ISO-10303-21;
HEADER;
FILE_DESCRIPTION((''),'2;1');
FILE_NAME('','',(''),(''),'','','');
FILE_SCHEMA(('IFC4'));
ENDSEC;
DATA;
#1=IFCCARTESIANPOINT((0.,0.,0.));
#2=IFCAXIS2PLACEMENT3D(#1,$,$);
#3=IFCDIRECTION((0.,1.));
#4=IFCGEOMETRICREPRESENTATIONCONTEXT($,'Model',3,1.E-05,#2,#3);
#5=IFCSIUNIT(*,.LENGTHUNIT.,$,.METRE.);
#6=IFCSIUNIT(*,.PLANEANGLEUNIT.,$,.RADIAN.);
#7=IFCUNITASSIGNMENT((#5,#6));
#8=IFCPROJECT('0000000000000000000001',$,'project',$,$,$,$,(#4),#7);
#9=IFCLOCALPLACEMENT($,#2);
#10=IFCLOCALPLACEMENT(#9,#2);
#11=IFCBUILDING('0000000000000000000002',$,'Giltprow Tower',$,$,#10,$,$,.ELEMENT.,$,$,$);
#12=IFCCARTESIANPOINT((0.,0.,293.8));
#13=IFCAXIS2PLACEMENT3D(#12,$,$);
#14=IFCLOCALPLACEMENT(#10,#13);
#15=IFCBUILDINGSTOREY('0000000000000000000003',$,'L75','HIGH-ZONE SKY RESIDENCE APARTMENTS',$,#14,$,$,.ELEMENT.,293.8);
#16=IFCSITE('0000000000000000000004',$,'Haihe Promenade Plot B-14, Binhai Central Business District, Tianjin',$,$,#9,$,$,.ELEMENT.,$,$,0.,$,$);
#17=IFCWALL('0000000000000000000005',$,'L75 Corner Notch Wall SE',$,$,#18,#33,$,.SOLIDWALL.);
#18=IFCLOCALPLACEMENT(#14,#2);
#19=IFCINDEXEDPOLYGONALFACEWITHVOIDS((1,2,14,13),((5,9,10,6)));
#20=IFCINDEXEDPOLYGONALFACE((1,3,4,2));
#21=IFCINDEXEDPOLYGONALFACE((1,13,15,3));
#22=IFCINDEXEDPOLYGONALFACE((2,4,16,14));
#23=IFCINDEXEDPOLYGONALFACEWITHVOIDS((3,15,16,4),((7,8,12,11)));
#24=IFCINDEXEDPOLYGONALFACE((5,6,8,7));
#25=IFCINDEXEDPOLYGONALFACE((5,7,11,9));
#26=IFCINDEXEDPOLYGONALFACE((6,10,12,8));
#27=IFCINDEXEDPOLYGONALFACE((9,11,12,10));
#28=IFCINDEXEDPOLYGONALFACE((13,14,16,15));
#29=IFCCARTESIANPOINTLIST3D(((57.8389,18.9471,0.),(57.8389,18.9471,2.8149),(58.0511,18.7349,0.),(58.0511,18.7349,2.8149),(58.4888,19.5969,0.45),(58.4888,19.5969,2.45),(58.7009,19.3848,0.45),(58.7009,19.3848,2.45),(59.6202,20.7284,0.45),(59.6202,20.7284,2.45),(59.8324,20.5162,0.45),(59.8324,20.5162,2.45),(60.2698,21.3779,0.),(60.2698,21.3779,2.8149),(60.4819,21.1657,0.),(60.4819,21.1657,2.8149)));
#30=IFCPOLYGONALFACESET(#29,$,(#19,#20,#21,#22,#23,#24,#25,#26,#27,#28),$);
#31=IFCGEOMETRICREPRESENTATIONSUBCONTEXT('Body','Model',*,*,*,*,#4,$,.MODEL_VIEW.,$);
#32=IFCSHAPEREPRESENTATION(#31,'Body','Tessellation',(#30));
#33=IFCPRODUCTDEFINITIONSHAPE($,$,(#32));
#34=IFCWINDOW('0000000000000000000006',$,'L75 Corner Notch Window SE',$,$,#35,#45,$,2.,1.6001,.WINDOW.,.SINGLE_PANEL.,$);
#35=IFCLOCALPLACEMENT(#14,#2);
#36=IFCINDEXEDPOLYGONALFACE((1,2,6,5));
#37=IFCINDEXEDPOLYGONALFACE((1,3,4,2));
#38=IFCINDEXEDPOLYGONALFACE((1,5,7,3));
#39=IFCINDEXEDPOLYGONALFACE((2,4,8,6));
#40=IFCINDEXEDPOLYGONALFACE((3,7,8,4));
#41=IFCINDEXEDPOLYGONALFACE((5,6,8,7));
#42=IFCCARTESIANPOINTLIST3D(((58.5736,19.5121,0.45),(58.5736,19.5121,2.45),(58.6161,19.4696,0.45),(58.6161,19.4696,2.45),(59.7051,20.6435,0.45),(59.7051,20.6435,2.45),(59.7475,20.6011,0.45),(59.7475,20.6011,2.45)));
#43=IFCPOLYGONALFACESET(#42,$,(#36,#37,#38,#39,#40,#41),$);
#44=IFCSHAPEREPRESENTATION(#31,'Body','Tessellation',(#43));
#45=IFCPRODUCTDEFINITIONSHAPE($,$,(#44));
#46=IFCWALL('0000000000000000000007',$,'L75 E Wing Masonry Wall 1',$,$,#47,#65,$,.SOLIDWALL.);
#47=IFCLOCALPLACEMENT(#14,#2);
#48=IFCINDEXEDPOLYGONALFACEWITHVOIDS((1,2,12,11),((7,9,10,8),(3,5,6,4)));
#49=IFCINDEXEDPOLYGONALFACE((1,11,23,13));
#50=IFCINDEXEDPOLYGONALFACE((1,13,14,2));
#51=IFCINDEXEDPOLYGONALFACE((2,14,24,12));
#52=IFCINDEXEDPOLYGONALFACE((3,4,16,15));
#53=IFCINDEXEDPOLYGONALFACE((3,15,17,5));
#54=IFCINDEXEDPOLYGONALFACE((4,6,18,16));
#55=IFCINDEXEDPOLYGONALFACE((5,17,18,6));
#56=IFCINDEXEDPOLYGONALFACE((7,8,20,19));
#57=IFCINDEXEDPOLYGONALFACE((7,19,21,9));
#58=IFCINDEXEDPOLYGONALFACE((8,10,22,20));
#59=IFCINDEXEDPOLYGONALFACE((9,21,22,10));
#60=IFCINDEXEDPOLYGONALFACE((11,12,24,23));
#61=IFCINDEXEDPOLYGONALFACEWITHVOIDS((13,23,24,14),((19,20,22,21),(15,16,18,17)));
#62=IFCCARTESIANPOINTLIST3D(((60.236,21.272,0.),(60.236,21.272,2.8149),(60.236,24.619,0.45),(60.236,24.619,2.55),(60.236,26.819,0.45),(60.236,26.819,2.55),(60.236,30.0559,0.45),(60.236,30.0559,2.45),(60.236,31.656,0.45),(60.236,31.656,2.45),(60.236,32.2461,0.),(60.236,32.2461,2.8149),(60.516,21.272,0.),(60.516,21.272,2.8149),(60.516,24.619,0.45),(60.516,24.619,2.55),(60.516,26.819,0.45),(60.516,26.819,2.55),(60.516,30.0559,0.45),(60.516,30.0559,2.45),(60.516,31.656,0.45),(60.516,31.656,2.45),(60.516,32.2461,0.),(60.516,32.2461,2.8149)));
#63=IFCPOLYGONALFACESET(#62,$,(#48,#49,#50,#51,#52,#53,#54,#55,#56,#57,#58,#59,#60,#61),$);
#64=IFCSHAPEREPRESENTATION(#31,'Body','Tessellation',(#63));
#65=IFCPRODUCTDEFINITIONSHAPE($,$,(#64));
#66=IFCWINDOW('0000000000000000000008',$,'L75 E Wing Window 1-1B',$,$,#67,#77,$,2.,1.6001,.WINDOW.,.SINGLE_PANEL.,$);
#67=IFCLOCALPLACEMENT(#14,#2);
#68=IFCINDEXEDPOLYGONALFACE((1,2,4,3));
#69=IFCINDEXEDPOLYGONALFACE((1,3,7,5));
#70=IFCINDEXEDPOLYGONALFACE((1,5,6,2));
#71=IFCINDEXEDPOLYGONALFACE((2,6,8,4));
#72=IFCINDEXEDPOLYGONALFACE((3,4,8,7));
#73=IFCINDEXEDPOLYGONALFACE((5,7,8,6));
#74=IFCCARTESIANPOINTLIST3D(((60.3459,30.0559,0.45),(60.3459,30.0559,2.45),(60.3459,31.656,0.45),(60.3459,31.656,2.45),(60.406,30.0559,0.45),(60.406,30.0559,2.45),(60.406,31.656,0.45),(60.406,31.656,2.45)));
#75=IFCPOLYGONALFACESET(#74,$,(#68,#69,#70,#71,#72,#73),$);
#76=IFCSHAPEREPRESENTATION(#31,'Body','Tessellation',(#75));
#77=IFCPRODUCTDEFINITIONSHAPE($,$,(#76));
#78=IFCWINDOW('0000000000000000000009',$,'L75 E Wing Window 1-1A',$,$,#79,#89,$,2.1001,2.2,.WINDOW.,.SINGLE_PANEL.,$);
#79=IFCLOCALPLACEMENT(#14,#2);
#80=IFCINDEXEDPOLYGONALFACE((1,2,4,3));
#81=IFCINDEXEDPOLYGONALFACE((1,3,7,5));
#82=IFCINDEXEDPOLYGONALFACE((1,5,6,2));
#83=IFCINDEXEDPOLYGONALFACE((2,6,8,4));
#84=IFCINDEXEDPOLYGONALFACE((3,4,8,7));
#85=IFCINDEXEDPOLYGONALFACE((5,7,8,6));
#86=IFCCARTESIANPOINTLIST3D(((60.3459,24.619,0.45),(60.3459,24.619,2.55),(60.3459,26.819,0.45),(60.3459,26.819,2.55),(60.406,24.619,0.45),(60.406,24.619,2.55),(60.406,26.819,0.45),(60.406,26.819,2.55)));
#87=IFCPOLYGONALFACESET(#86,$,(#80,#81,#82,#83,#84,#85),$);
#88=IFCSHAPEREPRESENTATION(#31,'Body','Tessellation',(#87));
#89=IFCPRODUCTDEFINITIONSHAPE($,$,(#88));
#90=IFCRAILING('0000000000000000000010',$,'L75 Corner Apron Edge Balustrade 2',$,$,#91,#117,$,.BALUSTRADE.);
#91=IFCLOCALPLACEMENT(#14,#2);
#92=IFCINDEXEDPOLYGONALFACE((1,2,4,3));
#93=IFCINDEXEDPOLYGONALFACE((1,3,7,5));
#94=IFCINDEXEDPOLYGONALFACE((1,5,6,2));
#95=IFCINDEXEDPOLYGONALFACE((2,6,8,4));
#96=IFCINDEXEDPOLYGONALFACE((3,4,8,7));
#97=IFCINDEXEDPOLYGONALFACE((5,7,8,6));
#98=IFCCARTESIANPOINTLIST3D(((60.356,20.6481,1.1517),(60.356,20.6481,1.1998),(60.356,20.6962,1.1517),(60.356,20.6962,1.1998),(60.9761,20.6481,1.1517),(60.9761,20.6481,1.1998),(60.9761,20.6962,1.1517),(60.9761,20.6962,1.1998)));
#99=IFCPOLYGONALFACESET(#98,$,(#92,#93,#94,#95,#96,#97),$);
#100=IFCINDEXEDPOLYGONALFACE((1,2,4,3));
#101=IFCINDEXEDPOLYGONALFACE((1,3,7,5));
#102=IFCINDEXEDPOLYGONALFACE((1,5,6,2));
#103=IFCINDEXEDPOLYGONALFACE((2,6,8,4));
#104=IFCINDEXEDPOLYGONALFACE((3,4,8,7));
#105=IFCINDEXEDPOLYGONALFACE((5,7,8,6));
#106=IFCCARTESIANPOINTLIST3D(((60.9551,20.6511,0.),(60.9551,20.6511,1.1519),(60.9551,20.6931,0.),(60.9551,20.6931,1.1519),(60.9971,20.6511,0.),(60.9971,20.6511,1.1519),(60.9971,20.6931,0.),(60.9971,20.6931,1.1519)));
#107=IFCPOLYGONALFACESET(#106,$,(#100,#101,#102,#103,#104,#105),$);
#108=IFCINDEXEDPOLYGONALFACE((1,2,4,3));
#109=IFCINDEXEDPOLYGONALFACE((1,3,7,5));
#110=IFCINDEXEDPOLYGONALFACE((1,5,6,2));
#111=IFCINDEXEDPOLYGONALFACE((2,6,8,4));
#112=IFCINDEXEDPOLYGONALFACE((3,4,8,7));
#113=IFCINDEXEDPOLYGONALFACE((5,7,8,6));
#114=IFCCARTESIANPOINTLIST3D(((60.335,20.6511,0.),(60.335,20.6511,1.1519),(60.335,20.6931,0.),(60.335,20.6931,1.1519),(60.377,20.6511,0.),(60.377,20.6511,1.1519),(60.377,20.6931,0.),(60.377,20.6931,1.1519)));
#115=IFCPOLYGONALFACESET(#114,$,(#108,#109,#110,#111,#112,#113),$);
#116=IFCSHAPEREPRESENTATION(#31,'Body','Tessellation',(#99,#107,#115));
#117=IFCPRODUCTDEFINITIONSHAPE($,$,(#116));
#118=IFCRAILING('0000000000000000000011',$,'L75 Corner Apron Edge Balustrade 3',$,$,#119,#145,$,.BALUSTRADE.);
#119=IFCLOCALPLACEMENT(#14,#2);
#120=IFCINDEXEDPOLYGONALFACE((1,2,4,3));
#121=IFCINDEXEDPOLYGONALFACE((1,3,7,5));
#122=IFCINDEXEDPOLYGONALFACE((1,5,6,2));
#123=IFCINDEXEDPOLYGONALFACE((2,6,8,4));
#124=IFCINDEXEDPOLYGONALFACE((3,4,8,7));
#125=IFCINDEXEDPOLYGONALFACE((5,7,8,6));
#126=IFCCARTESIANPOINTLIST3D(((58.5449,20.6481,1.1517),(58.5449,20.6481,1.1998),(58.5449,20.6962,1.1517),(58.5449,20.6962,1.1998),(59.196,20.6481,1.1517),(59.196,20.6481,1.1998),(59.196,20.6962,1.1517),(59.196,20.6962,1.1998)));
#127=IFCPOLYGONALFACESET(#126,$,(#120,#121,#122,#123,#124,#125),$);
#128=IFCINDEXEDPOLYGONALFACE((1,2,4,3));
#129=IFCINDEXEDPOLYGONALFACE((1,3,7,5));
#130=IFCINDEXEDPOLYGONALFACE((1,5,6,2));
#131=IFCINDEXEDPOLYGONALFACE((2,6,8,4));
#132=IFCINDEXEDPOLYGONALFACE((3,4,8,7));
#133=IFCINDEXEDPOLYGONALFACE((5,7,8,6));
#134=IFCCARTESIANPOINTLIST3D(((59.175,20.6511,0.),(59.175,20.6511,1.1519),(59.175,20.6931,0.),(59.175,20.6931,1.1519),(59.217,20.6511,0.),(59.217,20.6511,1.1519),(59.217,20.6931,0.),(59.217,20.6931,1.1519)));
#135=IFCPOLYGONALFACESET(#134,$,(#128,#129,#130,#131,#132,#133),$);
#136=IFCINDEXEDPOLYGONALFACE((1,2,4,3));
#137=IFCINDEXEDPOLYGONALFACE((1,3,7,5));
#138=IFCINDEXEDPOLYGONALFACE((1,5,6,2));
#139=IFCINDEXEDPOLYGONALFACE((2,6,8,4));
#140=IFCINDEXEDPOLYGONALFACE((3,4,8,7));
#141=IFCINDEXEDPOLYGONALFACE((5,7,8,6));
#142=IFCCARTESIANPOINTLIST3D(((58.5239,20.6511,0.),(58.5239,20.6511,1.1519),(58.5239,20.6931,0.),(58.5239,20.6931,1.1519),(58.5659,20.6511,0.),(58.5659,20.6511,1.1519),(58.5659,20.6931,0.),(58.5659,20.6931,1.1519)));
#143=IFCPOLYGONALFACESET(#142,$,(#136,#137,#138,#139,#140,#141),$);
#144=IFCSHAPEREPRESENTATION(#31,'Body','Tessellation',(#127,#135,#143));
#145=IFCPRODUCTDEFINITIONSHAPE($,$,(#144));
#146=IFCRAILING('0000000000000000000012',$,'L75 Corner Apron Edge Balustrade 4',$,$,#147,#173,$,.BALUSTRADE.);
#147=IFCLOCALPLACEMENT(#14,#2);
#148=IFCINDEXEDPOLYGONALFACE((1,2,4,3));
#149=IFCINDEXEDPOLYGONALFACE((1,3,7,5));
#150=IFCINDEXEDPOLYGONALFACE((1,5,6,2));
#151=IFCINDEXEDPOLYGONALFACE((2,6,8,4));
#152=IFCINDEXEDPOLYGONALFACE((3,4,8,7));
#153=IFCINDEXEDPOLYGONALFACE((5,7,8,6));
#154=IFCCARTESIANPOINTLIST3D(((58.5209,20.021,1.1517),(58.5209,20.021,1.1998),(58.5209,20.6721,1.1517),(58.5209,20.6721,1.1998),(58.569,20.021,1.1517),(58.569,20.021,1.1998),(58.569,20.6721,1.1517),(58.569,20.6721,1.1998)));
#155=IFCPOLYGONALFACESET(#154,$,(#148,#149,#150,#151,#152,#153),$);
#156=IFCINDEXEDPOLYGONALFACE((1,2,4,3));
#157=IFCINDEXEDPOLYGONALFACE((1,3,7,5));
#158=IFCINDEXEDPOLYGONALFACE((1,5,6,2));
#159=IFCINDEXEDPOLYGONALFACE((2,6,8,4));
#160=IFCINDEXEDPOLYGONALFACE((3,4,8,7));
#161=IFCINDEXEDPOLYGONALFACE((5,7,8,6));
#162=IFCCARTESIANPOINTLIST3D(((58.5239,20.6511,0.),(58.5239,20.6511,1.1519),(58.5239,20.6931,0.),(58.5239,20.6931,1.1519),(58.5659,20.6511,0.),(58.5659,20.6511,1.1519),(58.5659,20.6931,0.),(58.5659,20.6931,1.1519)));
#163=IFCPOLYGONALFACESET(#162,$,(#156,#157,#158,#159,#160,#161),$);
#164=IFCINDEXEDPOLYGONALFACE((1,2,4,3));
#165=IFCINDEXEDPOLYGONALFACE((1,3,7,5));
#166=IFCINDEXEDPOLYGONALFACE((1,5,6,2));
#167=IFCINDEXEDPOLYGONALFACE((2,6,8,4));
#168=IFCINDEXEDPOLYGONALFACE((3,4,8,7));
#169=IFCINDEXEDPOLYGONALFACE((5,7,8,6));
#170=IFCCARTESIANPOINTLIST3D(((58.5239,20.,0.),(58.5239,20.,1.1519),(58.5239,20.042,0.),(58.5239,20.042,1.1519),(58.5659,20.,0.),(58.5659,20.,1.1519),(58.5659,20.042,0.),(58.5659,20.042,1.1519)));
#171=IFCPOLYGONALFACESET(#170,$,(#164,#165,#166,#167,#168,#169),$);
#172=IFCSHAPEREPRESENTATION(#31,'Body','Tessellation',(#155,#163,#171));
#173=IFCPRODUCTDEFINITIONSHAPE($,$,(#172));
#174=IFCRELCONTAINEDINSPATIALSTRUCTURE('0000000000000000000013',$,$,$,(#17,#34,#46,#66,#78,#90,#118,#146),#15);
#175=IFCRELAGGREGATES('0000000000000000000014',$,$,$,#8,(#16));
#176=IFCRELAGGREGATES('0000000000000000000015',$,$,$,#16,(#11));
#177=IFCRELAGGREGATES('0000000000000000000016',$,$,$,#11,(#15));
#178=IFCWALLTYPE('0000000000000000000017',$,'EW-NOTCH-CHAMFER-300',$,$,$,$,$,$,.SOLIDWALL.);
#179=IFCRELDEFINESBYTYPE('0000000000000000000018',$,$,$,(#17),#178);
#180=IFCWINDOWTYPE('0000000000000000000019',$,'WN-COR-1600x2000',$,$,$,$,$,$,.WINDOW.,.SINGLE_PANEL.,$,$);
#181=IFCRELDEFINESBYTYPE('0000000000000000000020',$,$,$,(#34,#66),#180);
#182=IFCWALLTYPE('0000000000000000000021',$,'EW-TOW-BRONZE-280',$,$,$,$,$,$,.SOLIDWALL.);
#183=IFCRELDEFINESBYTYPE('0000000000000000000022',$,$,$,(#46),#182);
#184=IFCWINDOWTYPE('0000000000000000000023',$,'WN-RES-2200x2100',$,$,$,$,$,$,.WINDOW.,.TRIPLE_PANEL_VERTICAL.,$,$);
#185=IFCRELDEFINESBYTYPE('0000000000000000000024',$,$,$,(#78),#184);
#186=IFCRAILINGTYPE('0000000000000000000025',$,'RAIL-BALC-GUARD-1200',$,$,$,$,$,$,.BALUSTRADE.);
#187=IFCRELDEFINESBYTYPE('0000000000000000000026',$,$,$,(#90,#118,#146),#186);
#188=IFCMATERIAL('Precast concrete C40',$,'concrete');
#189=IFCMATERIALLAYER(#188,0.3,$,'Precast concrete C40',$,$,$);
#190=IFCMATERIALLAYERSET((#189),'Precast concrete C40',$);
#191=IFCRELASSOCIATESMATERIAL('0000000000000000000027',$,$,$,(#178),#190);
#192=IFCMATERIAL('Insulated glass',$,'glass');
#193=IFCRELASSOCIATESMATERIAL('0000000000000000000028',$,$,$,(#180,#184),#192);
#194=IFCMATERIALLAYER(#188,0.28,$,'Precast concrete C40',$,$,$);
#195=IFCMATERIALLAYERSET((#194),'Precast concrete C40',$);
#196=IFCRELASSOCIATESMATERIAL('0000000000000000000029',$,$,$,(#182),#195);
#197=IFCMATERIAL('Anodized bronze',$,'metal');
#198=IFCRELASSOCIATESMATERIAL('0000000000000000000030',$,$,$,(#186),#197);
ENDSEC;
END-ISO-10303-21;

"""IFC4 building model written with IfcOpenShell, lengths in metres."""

from ifc_helpers import new_model, si_unit, direction, frame, frame_2d, origin, origin_2d, place, context, subcontext, project, spatial, rectangle, extrude, source, transform, mapped, material, layer, layer_set, type_object, element, fill, save


model = new_model("IFC4")

# Units and contexts
model_context = context("Model", 3, precision=1e-05, world=origin(), true_north=direction((0.0, 1.0)))
body_context = subcontext(model_context, "Body", "Model", "MODEL_VIEW")
ifc_project = project(units=[si_unit("LENGTHUNIT", "METRE"), si_unit("PLANEANGLEUNIT", "RADIAN")], contexts=[model_context])

# Site, building, storey
site_placement = place(None, origin())
site = spatial("IfcSite", under=ifc_project, at=site_placement, Name="Haihe Promenade Plot B-14, Binhai Central Business District, Tianjin", CompositionType="ELEMENT", RefElevation=0.0)
building_placement = place(site_placement, origin())
building = spatial("IfcBuilding", under=site, at=building_placement, Name="Giltprow Tower", CompositionType="ELEMENT")
storey_placement = place(building_placement, frame((0.0, 0.0, 293.8)))
storey = spatial("IfcBuildingStorey", under=building, at=storey_placement, Name="L75", Description="HIGH-ZONE SKY RESIDENCE APARTMENTS", CompositionType="ELEMENT", Elevation=293.8)

# Shared definitions
ifc_material_1 = material(Name="Anodized bronze", Category="metal")
ifc_material_2 = material(Name="Insulated glass", Category="glass")

# Wall, opening, window
ifc_material_3 = material(Name="Precast concrete C40", Category="concrete")
ifc_layer_1 = layer(ifc_material_3, 0.3, Name="Precast concrete C40")
ifc_layer_set_1 = layer_set([ifc_layer_1], Name="Precast concrete C40")
wall_type_1 = type_object("IfcWallType", Name="EW-NOTCH-CHAMFER-300", PredefinedType="SOLIDWALL", material=ifc_layer_set_1)
wall_1_placement = place(storey_placement, frame((57.9451, 18.8411, 0.0), z_axis=(0.0, 0.0, 1.0), x_axis=(0.707107, 0.707107, 0.0)))
wall_1 = element("IfcWall", 1, at=wall_1_placement, inside=storey, type_object=wall_type_1, Name="L75 Corner Notch Wall SE", PredefinedType="SOLIDWALL", context=body_context, shape_type="SweptSolid", body=[
    extrude(rectangle(XDim=3.4377, YDim=0.3, at=frame_2d((1.7188, 0.0))), origin(), (0.0, 0.0, 1.0), 2.8149),
])
opening_1_placement = place(wall_1_placement, frame((0.9189, 0.0, 0.45)))
opening_1 = element("IfcOpeningElement", 2, at=opening_1_placement, cuts=wall_1, PredefinedType="OPENING", context=body_context, shape_type="SweptSolid", body=[
    extrude(rectangle(XDim=1.6001, YDim=2.0, at=frame_2d((0.8, 1.0))), frame((0.0, 0.1599, 0.0), z_axis=(0.0, -1.0, 0.0), x_axis=(1.0, 0.0, 0.0)), (0.0, 0.0, 1.0), 0.3201),
])
window_type_1 = type_object("IfcWindowType", Name="WN-COR-1600x2000", PartitioningType="SINGLE_PANEL", PredefinedType="WINDOW", material=ifc_material_2)
shared_shape_1 = source(origin(), body_context, "Body", "SweptSolid", [
    extrude(rectangle(XDim=1.6001, YDim=2.0, at=frame_2d((0.8, 1.0))), frame((0.0, 0.03, 0.0), z_axis=(0.0, -1.0, 0.0), x_axis=(1.0, 0.0, 0.0)), (0.0, 0.0, 1.0), 0.0601),
])
window_1_placement = place(opening_1_placement, origin())
window_1 = element("IfcWindow", 3, at=window_1_placement, inside=storey, type_object=window_type_1, Name="L75 Corner Notch Window SE", OverallHeight=2.0, OverallWidth=1.6001, PartitioningType="SINGLE_PANEL", PredefinedType="WINDOW", context=body_context, shape_type="MappedRepresentation", body=[
    mapped(shared_shape_1, transform((0.0, 0.0, 0.0), x_axis=(1.0, 0.0, 0.0), y_axis=(0.0, 1.0, 0.0), z_axis=(0.0, 0.0, 1.0), scale=1.0)),
])
fill(opening_1, window_1)

# Wall, openings, windows
ifc_layer_2 = layer(ifc_material_3, 0.28, Name="Precast concrete C40")
ifc_layer_set_2 = layer_set([ifc_layer_2], Name="Precast concrete C40")
wall_type_2 = type_object("IfcWallType", Name="EW-TOW-BRONZE-280", PredefinedType="SOLIDWALL", material=ifc_layer_set_2)
wall_2_placement = place(storey_placement, frame((60.376, 21.272, 0.0), z_axis=(0.0, 0.0, 1.0), x_axis=(0.0, 1.0, 0.0)))
wall_2 = element("IfcWall", 4, at=wall_2_placement, inside=storey, type_object=wall_type_2, Name="L75 E Wing Masonry Wall 1", PredefinedType="SOLIDWALL", context=body_context, shape_type="SweptSolid", body=[
    extrude(rectangle(XDim=10.9741, YDim=0.28, at=frame_2d((5.4871, 0.0))), origin(), (0.0, 0.0, 1.0), 2.8149),
])
opening_2_placement = place(wall_2_placement, frame((3.3469, 0.0, 0.45)))
opening_2 = element("IfcOpeningElement", 5, at=opening_2_placement, cuts=wall_2, PredefinedType="OPENING", context=body_context, shape_type="SweptSolid", body=[
    extrude(rectangle(XDim=2.2, YDim=2.1001, at=frame_2d((1.1001, 1.05))), frame((0.0, 0.1499, 0.0), z_axis=(0.0, -1.0, 0.0), x_axis=(1.0, 0.0, 0.0)), (0.0, 0.0, 1.0), 0.3),
])
opening_3_placement = place(wall_2_placement, frame((8.7839, 0.0, 0.45)))
opening_3 = element("IfcOpeningElement", 6, at=opening_3_placement, cuts=wall_2, PredefinedType="OPENING", context=body_context, shape_type="SweptSolid", body=[
    extrude(rectangle(XDim=1.6001, YDim=2.0, at=frame_2d((0.8, 1.0))), frame((0.0, 0.1499, 0.0), z_axis=(0.0, -1.0, 0.0), x_axis=(1.0, 0.0, 0.0)), (0.0, 0.0, 1.0), 0.3),
])
window_2_placement = place(opening_3_placement, origin())
window_2 = element("IfcWindow", 7, at=window_2_placement, inside=storey, type_object=window_type_1, Name="L75 E Wing Window 1-1B", OverallHeight=2.0, OverallWidth=1.6001, PartitioningType="SINGLE_PANEL", PredefinedType="WINDOW", context=body_context, shape_type="MappedRepresentation", body=[
    mapped(shared_shape_1, transform((0.0, 0.0, 0.0), x_axis=(1.0, 0.0, 0.0), y_axis=(0.0, 1.0, 0.0), z_axis=(0.0, 0.0, 1.0), scale=1.0)),
])
fill(opening_3, window_2)
window_type_2 = type_object("IfcWindowType", Name="WN-RES-2200x2100", PartitioningType="TRIPLE_PANEL_VERTICAL", PredefinedType="WINDOW", material=ifc_material_2)
shared_shape_2 = source(origin(), body_context, "Body", "SweptSolid", [
    extrude(rectangle(XDim=2.2, YDim=2.1001, at=frame_2d((1.1001, 1.05))), frame((0.0, 0.03, 0.0), z_axis=(0.0, -1.0, 0.0), x_axis=(1.0, 0.0, 0.0)), (0.0, 0.0, 1.0), 0.0601),
])
window_3_placement = place(opening_2_placement, origin())
window_3 = element("IfcWindow", 8, at=window_3_placement, inside=storey, type_object=window_type_2, Name="L75 E Wing Window 1-1A", OverallHeight=2.1001, OverallWidth=2.2, PartitioningType="SINGLE_PANEL", PredefinedType="WINDOW", context=body_context, shape_type="MappedRepresentation", body=[
    mapped(shared_shape_2, transform((0.0, 0.0, 0.0), x_axis=(1.0, 0.0, 0.0), y_axis=(0.0, 1.0, 0.0), z_axis=(0.0, 0.0, 1.0), scale=1.0)),
])
fill(opening_2, window_3)

# Railings
railing_type = type_object("IfcRailingType", Name="RAIL-BALC-GUARD-1200", PredefinedType="BALUSTRADE", material=ifc_material_1)
railing_1_placement = place(storey_placement, frame((60.9761, 20.6721, 0.0)))
element("IfcRailing", 9, at=railing_1_placement, inside=storey, type_object=railing_type, Name="L75 Corner Apron Edge Balustrade 2", PredefinedType="BALUSTRADE", context=body_context, shape_type="SweptSolid", body=[
    extrude(rectangle(XDim=0.0481, YDim=0.0481, at=origin_2d()), frame((0.0, 0.0, 1.1758), z_axis=(-1.0, 0.0, 0.0), x_axis=(0.0, -1.0, 0.0)), (0.0, 0.0, 1.0), 0.6201),
    extrude(rectangle(XDim=0.042, YDim=0.042, at=origin_2d()), origin(), (0.0, 0.0, 1.0), 1.1519),
    extrude(rectangle(XDim=0.042, YDim=0.042, at=origin_2d()), frame((-0.6201, 0.0, 0.0)), (0.0, 0.0, 1.0), 1.1519),
])
railing_2_placement = place(storey_placement, frame((59.196, 20.6721, 0.0)))
element("IfcRailing", 10, at=railing_2_placement, inside=storey, type_object=railing_type, Name="L75 Corner Apron Edge Balustrade 3", PredefinedType="BALUSTRADE", context=body_context, shape_type="SweptSolid", body=[
    extrude(rectangle(XDim=0.0481, YDim=0.0481, at=origin_2d()), frame((0.0, 0.0, 1.1758), z_axis=(-1.0, 0.0, 0.0), x_axis=(0.0, -1.0, 0.0)), (0.0, 0.0, 1.0), 0.6511),
    extrude(rectangle(XDim=0.042, YDim=0.042, at=origin_2d()), origin(), (0.0, 0.0, 1.0), 1.1519),
    extrude(rectangle(XDim=0.042, YDim=0.042, at=origin_2d()), frame((-0.6511, 0.0, 0.0)), (0.0, 0.0, 1.0), 1.1519),
])
railing_3_placement = place(storey_placement, frame((58.5449, 20.6721, 0.0)))
element("IfcRailing", 11, at=railing_3_placement, inside=storey, type_object=railing_type, Name="L75 Corner Apron Edge Balustrade 4", PredefinedType="BALUSTRADE", context=body_context, shape_type="SweptSolid", body=[
    extrude(rectangle(XDim=0.0481, YDim=0.0481, at=origin_2d()), frame((0.0, 0.0, 1.1758), z_axis=(0.0, -1.0, 0.0), x_axis=(1.0, 0.0, 0.0)), (0.0, 0.0, 1.0), 0.6511),
    extrude(rectangle(XDim=0.042, YDim=0.042, at=origin_2d()), origin(), (0.0, 0.0, 1.0), 1.1519),
    extrude(rectangle(XDim=0.042, YDim=0.042, at=origin_2d()), frame((0.0, -0.6511, 0.0)), (0.0, 0.0, 1.0), 1.1519),
])

save(model, "model.ifc")
